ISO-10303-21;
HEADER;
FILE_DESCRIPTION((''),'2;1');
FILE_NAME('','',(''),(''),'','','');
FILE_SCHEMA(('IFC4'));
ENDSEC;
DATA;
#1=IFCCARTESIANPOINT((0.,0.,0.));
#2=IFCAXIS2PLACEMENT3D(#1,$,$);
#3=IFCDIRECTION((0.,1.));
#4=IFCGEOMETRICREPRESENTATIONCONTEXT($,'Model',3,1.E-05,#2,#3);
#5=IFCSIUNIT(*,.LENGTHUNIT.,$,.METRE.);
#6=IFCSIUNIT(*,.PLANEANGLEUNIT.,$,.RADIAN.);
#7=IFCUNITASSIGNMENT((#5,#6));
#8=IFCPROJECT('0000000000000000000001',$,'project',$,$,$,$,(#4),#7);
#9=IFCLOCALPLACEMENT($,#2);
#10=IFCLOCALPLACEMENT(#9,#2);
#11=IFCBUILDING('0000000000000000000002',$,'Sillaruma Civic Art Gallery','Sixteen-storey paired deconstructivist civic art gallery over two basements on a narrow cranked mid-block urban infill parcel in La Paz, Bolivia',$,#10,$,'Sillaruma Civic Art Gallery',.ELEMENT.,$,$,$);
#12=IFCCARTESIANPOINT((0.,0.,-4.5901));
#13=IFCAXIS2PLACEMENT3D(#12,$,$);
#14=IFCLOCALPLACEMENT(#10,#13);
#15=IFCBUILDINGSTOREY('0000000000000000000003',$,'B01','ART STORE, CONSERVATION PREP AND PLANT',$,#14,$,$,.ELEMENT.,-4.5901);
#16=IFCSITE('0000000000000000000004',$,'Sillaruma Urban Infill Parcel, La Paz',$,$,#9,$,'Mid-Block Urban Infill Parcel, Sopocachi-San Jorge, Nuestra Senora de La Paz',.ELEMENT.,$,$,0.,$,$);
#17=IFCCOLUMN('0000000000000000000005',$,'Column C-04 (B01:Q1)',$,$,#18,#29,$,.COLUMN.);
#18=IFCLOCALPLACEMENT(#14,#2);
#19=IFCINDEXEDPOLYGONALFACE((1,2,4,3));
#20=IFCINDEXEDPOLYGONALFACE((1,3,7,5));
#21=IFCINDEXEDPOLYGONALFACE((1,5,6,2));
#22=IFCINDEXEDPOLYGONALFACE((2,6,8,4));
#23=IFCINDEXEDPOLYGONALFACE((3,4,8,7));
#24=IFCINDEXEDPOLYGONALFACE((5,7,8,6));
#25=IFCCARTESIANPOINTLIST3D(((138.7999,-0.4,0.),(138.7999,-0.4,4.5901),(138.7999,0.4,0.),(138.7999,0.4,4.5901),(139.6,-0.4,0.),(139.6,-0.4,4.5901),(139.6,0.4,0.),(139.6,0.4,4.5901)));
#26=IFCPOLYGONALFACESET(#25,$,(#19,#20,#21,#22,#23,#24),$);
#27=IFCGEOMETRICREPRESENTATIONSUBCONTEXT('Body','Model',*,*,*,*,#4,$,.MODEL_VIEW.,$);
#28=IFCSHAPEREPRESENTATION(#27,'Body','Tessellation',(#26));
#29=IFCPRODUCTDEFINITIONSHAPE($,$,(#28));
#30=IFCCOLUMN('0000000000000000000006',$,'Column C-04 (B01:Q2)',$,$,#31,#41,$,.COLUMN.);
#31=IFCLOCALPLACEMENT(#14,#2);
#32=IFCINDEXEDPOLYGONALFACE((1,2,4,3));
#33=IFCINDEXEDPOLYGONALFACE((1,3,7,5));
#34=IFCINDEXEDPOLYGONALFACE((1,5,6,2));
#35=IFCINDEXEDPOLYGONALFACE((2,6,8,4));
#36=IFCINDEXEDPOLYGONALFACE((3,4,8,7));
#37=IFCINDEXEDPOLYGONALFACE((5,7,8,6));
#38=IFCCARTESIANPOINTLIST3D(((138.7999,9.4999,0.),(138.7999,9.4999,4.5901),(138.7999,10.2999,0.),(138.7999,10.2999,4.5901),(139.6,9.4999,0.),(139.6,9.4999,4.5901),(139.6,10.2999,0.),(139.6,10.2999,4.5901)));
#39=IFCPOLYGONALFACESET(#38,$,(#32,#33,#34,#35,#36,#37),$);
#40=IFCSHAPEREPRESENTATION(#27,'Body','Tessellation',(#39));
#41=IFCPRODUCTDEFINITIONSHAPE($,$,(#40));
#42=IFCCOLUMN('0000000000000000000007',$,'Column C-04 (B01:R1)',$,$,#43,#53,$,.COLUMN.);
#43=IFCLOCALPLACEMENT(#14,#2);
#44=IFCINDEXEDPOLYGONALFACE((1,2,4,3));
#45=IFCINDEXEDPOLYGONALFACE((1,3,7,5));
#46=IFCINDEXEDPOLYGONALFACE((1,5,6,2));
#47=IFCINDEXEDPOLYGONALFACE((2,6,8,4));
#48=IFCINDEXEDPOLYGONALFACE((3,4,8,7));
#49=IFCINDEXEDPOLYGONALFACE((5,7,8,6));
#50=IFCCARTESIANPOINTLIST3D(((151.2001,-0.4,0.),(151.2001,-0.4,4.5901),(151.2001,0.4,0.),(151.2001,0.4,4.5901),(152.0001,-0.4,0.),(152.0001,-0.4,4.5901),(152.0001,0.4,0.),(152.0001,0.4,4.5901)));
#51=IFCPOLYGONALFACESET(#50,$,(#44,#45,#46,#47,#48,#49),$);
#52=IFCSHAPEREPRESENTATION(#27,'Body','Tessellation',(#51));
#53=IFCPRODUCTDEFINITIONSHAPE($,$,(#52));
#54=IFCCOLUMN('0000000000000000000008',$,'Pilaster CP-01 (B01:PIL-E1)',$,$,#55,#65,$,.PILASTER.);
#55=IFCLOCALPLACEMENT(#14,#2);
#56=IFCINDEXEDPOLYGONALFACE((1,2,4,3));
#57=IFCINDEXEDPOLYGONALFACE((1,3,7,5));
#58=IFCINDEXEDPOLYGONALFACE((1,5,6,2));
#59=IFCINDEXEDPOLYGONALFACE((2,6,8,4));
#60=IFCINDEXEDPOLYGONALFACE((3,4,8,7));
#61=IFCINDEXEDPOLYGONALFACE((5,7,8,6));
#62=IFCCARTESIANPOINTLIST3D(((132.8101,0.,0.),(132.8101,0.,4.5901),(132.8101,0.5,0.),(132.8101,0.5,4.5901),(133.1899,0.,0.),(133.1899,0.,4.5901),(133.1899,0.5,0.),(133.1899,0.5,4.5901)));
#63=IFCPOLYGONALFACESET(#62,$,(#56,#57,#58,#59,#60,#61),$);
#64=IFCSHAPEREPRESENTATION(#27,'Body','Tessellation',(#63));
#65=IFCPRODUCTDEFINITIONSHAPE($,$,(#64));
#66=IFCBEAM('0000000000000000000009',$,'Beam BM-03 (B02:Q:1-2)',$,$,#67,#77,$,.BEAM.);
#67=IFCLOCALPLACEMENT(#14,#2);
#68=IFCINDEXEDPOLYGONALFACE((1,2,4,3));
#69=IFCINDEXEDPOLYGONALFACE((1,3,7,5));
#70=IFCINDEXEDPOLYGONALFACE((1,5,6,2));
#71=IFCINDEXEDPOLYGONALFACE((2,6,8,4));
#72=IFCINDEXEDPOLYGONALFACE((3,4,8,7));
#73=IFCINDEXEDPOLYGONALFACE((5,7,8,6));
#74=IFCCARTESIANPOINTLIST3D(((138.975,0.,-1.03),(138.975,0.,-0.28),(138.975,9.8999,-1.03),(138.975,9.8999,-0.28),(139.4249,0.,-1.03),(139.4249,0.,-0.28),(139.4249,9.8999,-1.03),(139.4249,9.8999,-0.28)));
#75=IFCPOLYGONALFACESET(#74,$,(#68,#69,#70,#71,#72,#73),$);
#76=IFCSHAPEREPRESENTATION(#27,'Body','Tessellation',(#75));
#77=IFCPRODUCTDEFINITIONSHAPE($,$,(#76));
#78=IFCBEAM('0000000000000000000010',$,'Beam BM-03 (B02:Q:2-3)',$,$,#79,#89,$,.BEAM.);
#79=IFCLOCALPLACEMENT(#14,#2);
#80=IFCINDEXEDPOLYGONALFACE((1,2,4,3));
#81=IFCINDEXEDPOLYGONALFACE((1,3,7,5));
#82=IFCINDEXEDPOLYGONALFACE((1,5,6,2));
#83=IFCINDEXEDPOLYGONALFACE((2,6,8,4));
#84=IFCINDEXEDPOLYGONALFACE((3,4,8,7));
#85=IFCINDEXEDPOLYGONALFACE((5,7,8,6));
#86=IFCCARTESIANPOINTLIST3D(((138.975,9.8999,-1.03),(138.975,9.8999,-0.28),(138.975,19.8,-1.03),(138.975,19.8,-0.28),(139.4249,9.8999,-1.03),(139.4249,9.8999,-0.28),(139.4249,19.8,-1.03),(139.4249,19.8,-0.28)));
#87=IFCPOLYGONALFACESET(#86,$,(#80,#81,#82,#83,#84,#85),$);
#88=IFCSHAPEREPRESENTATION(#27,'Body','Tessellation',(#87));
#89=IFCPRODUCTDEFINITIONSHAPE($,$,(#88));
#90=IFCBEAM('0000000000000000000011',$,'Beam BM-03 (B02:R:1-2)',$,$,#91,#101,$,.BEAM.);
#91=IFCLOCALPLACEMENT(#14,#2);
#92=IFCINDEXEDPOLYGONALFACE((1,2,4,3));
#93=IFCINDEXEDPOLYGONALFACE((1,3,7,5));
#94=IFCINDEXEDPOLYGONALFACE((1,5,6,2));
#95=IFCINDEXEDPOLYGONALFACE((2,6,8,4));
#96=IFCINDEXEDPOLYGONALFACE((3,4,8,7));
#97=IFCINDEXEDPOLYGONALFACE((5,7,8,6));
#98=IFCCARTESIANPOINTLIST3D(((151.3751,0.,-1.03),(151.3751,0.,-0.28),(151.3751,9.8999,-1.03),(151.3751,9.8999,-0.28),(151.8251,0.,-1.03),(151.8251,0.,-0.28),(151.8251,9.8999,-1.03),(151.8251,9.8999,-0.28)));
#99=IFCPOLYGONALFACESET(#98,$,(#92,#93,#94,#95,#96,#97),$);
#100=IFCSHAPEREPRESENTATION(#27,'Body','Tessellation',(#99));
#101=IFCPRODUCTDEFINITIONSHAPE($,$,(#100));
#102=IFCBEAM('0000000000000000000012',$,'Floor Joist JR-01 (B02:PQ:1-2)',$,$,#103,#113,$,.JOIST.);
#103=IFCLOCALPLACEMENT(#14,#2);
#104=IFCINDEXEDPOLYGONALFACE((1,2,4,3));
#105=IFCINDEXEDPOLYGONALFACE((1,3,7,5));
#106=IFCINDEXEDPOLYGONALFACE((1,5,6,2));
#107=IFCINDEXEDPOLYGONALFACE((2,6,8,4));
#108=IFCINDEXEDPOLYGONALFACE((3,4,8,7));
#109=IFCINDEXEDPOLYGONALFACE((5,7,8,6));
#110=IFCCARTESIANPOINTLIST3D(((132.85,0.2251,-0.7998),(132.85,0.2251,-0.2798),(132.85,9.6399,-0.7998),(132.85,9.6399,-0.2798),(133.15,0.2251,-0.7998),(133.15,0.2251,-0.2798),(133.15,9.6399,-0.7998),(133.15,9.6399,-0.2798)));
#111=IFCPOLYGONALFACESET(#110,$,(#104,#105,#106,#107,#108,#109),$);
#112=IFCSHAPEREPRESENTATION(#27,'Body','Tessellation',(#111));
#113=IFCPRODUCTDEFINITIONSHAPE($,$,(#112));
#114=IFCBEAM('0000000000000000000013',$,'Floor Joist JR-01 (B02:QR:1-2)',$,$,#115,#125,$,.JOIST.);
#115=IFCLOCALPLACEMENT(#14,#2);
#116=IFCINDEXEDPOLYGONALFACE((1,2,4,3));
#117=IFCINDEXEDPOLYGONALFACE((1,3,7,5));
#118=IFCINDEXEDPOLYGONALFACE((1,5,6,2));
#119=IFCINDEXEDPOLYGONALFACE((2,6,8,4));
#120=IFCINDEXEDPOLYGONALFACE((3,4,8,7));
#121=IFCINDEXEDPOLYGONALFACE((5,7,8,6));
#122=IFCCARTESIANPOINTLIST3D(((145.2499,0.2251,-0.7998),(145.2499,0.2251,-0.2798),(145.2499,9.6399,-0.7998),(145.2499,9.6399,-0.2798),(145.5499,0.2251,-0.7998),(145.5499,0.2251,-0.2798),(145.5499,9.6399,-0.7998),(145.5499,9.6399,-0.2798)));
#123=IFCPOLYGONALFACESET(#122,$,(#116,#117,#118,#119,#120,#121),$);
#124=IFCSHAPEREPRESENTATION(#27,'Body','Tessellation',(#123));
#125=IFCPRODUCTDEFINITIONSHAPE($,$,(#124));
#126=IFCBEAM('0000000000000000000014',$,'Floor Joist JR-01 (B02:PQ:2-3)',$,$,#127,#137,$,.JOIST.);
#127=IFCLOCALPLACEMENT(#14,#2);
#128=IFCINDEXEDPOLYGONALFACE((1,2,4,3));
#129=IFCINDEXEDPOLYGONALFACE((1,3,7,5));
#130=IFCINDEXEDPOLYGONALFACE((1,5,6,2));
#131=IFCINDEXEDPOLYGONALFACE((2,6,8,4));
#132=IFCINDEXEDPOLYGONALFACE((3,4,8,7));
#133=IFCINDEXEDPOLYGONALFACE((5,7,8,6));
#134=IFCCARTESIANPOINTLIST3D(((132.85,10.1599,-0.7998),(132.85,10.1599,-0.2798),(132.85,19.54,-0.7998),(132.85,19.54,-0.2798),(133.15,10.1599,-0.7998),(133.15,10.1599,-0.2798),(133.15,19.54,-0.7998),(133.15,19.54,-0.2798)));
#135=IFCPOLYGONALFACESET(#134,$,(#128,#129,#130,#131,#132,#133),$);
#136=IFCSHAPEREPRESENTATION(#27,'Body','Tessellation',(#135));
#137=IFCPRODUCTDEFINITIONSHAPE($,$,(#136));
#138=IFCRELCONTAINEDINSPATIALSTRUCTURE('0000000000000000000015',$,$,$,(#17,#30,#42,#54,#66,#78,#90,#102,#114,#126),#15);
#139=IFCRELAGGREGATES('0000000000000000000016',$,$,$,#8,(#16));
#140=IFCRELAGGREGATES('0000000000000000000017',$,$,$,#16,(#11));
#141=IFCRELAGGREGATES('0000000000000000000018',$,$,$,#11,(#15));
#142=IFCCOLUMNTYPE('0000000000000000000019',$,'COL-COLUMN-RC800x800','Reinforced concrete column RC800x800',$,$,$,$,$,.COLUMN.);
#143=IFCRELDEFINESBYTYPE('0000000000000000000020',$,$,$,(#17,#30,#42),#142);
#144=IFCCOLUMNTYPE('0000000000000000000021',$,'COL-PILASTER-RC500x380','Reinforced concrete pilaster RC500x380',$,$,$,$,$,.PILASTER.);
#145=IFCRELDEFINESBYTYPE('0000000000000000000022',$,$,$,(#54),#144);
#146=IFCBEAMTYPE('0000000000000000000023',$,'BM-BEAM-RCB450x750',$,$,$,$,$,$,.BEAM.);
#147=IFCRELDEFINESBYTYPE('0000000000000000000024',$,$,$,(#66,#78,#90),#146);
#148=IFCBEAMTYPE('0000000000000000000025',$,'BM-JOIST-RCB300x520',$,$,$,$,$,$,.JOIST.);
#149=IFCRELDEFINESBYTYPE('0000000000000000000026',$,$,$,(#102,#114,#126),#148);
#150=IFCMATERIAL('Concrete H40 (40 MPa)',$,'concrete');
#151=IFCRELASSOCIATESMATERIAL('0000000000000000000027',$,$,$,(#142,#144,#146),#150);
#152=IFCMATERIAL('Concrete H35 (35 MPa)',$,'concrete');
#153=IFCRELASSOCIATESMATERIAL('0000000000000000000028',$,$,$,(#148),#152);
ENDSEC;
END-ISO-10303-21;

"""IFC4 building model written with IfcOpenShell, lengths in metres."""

from ifc_helpers import new_model, si_unit, direction, frame, origin, origin_2d, place, context, subcontext, project, spatial, rectangle, extrude, material, material_profile, profile_set, type_object, element, save


model = new_model("IFC4")

# Units and contexts
model_context = context("Model", 3, precision=1e-05, world=origin(), true_north=direction((0.0, 1.0)))
body_context = subcontext(model_context, "Body", "Model", "MODEL_VIEW")
ifc_project = project(units=[si_unit("LENGTHUNIT", "METRE"), si_unit("PLANEANGLEUNIT", "RADIAN")], contexts=[model_context])

# Site, building, storey
site_placement = place(None, origin())
site = spatial("IfcSite", under=ifc_project, at=site_placement, Name="Sillaruma Urban Infill Parcel, La Paz", LongName="Mid-Block Urban Infill Parcel, Sopocachi-San Jorge, Nuestra Senora de La Paz", CompositionType="ELEMENT", RefElevation=0.0)
building_placement = place(site_placement, origin())
building = spatial("IfcBuilding", under=site, at=building_placement, Name="Sillaruma Civic Art Gallery", Description="Sixteen-storey paired deconstructivist civic art gallery over two basements on a narrow cranked mid-block urban infill parcel in La Paz, Bolivia", LongName="Sillaruma Civic Art Gallery", CompositionType="ELEMENT")
storey_placement = place(building_placement, frame((0.0, 0.0, -4.5901)))
storey = spatial("IfcBuildingStorey", under=building, at=storey_placement, Name="B01", Description="ART STORE, CONSERVATION PREP AND PLANT", CompositionType="ELEMENT", Elevation=-4.5901)

# Columns
ifc_material_1 = material(Name="Concrete H40 (40 MPa)", Category="concrete")
ifc_material_profile_1 = material_profile(ifc_material_1, rectangle(XDim=0.8, YDim=0.8, at=origin_2d()), Name="RC800x800")
ifc_profile_set_1 = profile_set([ifc_material_profile_1], Name="Concrete H40 (40 MPa)")
column_type_1 = type_object("IfcColumnType", Name="COL-COLUMN-RC800x800", Description="Reinforced concrete column RC800x800", PredefinedType="COLUMN", material=ifc_profile_set_1)
for number, where, z_axis, x_axis, name in (
    (1, (139.2, 0.0, 0.0), (0.0, 0.0, 1.0), (1.0, 0.0, 0.0), "Column C-04 (B01:Q1)"),
    (2, (139.2, 9.8999, 0.0), (0.0, 0.0, 1.0), (1.0, 0.0, 0.0), "Column C-04 (B01:Q2)"),
    (3, (151.6001, 0.0, 0.0), (0.0, 0.0, 1.0), (1.0, 0.0, 0.0), "Column C-04 (B01:R1)"),
):
    element("IfcColumn", number, at=place(storey_placement, frame(where, z_axis=z_axis, x_axis=x_axis)), inside=storey, type_object=column_type_1, Name=name, PredefinedType="COLUMN", context=body_context, shape_type="SweptSolid", body=[
        extrude(rectangle(XDim=0.8, YDim=0.8, at=origin_2d()), origin(), (0.0, 0.0, 1.0), 4.5901),
    ])
ifc_material_profile_2 = material_profile(ifc_material_1, rectangle(XDim=0.3799, YDim=0.5, at=origin_2d()), Name="RC500x380")
ifc_profile_set_2 = profile_set([ifc_material_profile_2], Name="Concrete H40 (40 MPa)")
column_type_2 = type_object("IfcColumnType", Name="COL-PILASTER-RC500x380", Description="Reinforced concrete pilaster RC500x380", PredefinedType="PILASTER", material=ifc_profile_set_2)
column_placement = place(storey_placement, frame((133.0, 0.25, 0.0), z_axis=(0.0, 0.0, 1.0), x_axis=(1.0, 0.0, 0.0)))
element("IfcColumn", 4, at=column_placement, inside=storey, type_object=column_type_2, Name="Pilaster CP-01 (B01:PIL-E1)", PredefinedType="PILASTER", context=body_context, shape_type="SweptSolid", body=[
    extrude(rectangle(XDim=0.3799, YDim=0.5, at=origin_2d()), origin(), (0.0, 0.0, 1.0), 4.5901),
])

# Beams
ifc_material_profile_3 = material_profile(ifc_material_1, rectangle(XDim=0.45, YDim=0.75, at=origin_2d()), Name="RCB450x750")
ifc_profile_set_3 = profile_set([ifc_material_profile_3], Name="Concrete H40 (40 MPa)")
beam_type_1 = type_object("IfcBeamType", Name="BM-BEAM-RCB450x750", PredefinedType="BEAM", material=ifc_profile_set_3)
beam_1_placement = place(storey_placement, frame((139.2, 0.0, -0.655), z_axis=(0.0, 1.0, 0.0), x_axis=(-1.0, 0.0, 0.0)))
element("IfcBeam", 5, at=beam_1_placement, inside=storey, type_object=beam_type_1, Name="Beam BM-03 (B02:Q:1-2)", PredefinedType="BEAM", context=body_context, shape_type="SweptSolid", body=[
    extrude(rectangle(XDim=0.45, YDim=0.75, at=origin_2d()), origin(), (0.0, 0.0, 1.0), 9.8999),
])
beam_2_placement = place(storey_placement, frame((139.2, 9.8999, -0.655), z_axis=(0.0, 1.0, 0.0), x_axis=(-1.0, 0.0, 0.0)))
element("IfcBeam", 6, at=beam_2_placement, inside=storey, type_object=beam_type_1, Name="Beam BM-03 (B02:Q:2-3)", PredefinedType="BEAM", context=body_context, shape_type="SweptSolid", body=[
    extrude(rectangle(XDim=0.45, YDim=0.75, at=origin_2d()), origin(), (0.0, 0.0, 1.0), 9.9001),
])
beam_3_placement = place(storey_placement, frame((151.6001, 0.0, -0.655), z_axis=(0.0, 1.0, 0.0), x_axis=(-1.0, 0.0, 0.0)))
element("IfcBeam", 7, at=beam_3_placement, inside=storey, type_object=beam_type_1, Name="Beam BM-03 (B02:R:1-2)", PredefinedType="BEAM", context=body_context, shape_type="SweptSolid", body=[
    extrude(rectangle(XDim=0.45, YDim=0.75, at=origin_2d()), origin(), (0.0, 0.0, 1.0), 9.8999),
])
ifc_material_2 = material(Name="Concrete H35 (35 MPa)", Category="concrete")
ifc_material_profile_4 = material_profile(ifc_material_2, rectangle(XDim=0.3, YDim=0.52, at=origin_2d()), Name="RCB300x520")
ifc_profile_set_4 = profile_set([ifc_material_profile_4], Name="Concrete H35 (35 MPa)")
beam_type_2 = type_object("IfcBeamType", Name="BM-JOIST-RCB300x520", PredefinedType="JOIST", material=ifc_profile_set_4)
for number, where, z_axis, x_axis, name in (
    (8, (133.0, 0.2251, -0.5398), (0.0, 1.0, 0.0), (-1.0, 0.0, 0.0), "Floor Joist JR-01 (B02:PQ:1-2)"),
    (9, (145.3999, 0.2251, -0.5398), (0.0, 1.0, 0.0), (-1.0, 0.0, 0.0), "Floor Joist JR-01 (B02:QR:1-2)"),
):
    element("IfcBeam", number, at=place(storey_placement, frame(where, z_axis=z_axis, x_axis=x_axis)), inside=storey, type_object=beam_type_2, Name=name, PredefinedType="JOIST", context=body_context, shape_type="SweptSolid", body=[
        extrude(rectangle(XDim=0.3, YDim=0.52, at=origin_2d()), origin(), (0.0, 0.0, 1.0), 9.4148),
    ])
beam_4_placement = place(storey_placement, frame((133.0, 10.1599, -0.5398), z_axis=(0.0, 1.0, 0.0), x_axis=(-1.0, 0.0, 0.0)))
element("IfcBeam", 10, at=beam_4_placement, inside=storey, type_object=beam_type_2, Name="Floor Joist JR-01 (B02:PQ:2-3)", PredefinedType="JOIST", context=body_context, shape_type="SweptSolid", body=[
    extrude(rectangle(XDim=0.3, YDim=0.52, at=origin_2d()), origin(), (0.0, 0.0, 1.0), 9.3801),
])

save(model, "model.ifc")
